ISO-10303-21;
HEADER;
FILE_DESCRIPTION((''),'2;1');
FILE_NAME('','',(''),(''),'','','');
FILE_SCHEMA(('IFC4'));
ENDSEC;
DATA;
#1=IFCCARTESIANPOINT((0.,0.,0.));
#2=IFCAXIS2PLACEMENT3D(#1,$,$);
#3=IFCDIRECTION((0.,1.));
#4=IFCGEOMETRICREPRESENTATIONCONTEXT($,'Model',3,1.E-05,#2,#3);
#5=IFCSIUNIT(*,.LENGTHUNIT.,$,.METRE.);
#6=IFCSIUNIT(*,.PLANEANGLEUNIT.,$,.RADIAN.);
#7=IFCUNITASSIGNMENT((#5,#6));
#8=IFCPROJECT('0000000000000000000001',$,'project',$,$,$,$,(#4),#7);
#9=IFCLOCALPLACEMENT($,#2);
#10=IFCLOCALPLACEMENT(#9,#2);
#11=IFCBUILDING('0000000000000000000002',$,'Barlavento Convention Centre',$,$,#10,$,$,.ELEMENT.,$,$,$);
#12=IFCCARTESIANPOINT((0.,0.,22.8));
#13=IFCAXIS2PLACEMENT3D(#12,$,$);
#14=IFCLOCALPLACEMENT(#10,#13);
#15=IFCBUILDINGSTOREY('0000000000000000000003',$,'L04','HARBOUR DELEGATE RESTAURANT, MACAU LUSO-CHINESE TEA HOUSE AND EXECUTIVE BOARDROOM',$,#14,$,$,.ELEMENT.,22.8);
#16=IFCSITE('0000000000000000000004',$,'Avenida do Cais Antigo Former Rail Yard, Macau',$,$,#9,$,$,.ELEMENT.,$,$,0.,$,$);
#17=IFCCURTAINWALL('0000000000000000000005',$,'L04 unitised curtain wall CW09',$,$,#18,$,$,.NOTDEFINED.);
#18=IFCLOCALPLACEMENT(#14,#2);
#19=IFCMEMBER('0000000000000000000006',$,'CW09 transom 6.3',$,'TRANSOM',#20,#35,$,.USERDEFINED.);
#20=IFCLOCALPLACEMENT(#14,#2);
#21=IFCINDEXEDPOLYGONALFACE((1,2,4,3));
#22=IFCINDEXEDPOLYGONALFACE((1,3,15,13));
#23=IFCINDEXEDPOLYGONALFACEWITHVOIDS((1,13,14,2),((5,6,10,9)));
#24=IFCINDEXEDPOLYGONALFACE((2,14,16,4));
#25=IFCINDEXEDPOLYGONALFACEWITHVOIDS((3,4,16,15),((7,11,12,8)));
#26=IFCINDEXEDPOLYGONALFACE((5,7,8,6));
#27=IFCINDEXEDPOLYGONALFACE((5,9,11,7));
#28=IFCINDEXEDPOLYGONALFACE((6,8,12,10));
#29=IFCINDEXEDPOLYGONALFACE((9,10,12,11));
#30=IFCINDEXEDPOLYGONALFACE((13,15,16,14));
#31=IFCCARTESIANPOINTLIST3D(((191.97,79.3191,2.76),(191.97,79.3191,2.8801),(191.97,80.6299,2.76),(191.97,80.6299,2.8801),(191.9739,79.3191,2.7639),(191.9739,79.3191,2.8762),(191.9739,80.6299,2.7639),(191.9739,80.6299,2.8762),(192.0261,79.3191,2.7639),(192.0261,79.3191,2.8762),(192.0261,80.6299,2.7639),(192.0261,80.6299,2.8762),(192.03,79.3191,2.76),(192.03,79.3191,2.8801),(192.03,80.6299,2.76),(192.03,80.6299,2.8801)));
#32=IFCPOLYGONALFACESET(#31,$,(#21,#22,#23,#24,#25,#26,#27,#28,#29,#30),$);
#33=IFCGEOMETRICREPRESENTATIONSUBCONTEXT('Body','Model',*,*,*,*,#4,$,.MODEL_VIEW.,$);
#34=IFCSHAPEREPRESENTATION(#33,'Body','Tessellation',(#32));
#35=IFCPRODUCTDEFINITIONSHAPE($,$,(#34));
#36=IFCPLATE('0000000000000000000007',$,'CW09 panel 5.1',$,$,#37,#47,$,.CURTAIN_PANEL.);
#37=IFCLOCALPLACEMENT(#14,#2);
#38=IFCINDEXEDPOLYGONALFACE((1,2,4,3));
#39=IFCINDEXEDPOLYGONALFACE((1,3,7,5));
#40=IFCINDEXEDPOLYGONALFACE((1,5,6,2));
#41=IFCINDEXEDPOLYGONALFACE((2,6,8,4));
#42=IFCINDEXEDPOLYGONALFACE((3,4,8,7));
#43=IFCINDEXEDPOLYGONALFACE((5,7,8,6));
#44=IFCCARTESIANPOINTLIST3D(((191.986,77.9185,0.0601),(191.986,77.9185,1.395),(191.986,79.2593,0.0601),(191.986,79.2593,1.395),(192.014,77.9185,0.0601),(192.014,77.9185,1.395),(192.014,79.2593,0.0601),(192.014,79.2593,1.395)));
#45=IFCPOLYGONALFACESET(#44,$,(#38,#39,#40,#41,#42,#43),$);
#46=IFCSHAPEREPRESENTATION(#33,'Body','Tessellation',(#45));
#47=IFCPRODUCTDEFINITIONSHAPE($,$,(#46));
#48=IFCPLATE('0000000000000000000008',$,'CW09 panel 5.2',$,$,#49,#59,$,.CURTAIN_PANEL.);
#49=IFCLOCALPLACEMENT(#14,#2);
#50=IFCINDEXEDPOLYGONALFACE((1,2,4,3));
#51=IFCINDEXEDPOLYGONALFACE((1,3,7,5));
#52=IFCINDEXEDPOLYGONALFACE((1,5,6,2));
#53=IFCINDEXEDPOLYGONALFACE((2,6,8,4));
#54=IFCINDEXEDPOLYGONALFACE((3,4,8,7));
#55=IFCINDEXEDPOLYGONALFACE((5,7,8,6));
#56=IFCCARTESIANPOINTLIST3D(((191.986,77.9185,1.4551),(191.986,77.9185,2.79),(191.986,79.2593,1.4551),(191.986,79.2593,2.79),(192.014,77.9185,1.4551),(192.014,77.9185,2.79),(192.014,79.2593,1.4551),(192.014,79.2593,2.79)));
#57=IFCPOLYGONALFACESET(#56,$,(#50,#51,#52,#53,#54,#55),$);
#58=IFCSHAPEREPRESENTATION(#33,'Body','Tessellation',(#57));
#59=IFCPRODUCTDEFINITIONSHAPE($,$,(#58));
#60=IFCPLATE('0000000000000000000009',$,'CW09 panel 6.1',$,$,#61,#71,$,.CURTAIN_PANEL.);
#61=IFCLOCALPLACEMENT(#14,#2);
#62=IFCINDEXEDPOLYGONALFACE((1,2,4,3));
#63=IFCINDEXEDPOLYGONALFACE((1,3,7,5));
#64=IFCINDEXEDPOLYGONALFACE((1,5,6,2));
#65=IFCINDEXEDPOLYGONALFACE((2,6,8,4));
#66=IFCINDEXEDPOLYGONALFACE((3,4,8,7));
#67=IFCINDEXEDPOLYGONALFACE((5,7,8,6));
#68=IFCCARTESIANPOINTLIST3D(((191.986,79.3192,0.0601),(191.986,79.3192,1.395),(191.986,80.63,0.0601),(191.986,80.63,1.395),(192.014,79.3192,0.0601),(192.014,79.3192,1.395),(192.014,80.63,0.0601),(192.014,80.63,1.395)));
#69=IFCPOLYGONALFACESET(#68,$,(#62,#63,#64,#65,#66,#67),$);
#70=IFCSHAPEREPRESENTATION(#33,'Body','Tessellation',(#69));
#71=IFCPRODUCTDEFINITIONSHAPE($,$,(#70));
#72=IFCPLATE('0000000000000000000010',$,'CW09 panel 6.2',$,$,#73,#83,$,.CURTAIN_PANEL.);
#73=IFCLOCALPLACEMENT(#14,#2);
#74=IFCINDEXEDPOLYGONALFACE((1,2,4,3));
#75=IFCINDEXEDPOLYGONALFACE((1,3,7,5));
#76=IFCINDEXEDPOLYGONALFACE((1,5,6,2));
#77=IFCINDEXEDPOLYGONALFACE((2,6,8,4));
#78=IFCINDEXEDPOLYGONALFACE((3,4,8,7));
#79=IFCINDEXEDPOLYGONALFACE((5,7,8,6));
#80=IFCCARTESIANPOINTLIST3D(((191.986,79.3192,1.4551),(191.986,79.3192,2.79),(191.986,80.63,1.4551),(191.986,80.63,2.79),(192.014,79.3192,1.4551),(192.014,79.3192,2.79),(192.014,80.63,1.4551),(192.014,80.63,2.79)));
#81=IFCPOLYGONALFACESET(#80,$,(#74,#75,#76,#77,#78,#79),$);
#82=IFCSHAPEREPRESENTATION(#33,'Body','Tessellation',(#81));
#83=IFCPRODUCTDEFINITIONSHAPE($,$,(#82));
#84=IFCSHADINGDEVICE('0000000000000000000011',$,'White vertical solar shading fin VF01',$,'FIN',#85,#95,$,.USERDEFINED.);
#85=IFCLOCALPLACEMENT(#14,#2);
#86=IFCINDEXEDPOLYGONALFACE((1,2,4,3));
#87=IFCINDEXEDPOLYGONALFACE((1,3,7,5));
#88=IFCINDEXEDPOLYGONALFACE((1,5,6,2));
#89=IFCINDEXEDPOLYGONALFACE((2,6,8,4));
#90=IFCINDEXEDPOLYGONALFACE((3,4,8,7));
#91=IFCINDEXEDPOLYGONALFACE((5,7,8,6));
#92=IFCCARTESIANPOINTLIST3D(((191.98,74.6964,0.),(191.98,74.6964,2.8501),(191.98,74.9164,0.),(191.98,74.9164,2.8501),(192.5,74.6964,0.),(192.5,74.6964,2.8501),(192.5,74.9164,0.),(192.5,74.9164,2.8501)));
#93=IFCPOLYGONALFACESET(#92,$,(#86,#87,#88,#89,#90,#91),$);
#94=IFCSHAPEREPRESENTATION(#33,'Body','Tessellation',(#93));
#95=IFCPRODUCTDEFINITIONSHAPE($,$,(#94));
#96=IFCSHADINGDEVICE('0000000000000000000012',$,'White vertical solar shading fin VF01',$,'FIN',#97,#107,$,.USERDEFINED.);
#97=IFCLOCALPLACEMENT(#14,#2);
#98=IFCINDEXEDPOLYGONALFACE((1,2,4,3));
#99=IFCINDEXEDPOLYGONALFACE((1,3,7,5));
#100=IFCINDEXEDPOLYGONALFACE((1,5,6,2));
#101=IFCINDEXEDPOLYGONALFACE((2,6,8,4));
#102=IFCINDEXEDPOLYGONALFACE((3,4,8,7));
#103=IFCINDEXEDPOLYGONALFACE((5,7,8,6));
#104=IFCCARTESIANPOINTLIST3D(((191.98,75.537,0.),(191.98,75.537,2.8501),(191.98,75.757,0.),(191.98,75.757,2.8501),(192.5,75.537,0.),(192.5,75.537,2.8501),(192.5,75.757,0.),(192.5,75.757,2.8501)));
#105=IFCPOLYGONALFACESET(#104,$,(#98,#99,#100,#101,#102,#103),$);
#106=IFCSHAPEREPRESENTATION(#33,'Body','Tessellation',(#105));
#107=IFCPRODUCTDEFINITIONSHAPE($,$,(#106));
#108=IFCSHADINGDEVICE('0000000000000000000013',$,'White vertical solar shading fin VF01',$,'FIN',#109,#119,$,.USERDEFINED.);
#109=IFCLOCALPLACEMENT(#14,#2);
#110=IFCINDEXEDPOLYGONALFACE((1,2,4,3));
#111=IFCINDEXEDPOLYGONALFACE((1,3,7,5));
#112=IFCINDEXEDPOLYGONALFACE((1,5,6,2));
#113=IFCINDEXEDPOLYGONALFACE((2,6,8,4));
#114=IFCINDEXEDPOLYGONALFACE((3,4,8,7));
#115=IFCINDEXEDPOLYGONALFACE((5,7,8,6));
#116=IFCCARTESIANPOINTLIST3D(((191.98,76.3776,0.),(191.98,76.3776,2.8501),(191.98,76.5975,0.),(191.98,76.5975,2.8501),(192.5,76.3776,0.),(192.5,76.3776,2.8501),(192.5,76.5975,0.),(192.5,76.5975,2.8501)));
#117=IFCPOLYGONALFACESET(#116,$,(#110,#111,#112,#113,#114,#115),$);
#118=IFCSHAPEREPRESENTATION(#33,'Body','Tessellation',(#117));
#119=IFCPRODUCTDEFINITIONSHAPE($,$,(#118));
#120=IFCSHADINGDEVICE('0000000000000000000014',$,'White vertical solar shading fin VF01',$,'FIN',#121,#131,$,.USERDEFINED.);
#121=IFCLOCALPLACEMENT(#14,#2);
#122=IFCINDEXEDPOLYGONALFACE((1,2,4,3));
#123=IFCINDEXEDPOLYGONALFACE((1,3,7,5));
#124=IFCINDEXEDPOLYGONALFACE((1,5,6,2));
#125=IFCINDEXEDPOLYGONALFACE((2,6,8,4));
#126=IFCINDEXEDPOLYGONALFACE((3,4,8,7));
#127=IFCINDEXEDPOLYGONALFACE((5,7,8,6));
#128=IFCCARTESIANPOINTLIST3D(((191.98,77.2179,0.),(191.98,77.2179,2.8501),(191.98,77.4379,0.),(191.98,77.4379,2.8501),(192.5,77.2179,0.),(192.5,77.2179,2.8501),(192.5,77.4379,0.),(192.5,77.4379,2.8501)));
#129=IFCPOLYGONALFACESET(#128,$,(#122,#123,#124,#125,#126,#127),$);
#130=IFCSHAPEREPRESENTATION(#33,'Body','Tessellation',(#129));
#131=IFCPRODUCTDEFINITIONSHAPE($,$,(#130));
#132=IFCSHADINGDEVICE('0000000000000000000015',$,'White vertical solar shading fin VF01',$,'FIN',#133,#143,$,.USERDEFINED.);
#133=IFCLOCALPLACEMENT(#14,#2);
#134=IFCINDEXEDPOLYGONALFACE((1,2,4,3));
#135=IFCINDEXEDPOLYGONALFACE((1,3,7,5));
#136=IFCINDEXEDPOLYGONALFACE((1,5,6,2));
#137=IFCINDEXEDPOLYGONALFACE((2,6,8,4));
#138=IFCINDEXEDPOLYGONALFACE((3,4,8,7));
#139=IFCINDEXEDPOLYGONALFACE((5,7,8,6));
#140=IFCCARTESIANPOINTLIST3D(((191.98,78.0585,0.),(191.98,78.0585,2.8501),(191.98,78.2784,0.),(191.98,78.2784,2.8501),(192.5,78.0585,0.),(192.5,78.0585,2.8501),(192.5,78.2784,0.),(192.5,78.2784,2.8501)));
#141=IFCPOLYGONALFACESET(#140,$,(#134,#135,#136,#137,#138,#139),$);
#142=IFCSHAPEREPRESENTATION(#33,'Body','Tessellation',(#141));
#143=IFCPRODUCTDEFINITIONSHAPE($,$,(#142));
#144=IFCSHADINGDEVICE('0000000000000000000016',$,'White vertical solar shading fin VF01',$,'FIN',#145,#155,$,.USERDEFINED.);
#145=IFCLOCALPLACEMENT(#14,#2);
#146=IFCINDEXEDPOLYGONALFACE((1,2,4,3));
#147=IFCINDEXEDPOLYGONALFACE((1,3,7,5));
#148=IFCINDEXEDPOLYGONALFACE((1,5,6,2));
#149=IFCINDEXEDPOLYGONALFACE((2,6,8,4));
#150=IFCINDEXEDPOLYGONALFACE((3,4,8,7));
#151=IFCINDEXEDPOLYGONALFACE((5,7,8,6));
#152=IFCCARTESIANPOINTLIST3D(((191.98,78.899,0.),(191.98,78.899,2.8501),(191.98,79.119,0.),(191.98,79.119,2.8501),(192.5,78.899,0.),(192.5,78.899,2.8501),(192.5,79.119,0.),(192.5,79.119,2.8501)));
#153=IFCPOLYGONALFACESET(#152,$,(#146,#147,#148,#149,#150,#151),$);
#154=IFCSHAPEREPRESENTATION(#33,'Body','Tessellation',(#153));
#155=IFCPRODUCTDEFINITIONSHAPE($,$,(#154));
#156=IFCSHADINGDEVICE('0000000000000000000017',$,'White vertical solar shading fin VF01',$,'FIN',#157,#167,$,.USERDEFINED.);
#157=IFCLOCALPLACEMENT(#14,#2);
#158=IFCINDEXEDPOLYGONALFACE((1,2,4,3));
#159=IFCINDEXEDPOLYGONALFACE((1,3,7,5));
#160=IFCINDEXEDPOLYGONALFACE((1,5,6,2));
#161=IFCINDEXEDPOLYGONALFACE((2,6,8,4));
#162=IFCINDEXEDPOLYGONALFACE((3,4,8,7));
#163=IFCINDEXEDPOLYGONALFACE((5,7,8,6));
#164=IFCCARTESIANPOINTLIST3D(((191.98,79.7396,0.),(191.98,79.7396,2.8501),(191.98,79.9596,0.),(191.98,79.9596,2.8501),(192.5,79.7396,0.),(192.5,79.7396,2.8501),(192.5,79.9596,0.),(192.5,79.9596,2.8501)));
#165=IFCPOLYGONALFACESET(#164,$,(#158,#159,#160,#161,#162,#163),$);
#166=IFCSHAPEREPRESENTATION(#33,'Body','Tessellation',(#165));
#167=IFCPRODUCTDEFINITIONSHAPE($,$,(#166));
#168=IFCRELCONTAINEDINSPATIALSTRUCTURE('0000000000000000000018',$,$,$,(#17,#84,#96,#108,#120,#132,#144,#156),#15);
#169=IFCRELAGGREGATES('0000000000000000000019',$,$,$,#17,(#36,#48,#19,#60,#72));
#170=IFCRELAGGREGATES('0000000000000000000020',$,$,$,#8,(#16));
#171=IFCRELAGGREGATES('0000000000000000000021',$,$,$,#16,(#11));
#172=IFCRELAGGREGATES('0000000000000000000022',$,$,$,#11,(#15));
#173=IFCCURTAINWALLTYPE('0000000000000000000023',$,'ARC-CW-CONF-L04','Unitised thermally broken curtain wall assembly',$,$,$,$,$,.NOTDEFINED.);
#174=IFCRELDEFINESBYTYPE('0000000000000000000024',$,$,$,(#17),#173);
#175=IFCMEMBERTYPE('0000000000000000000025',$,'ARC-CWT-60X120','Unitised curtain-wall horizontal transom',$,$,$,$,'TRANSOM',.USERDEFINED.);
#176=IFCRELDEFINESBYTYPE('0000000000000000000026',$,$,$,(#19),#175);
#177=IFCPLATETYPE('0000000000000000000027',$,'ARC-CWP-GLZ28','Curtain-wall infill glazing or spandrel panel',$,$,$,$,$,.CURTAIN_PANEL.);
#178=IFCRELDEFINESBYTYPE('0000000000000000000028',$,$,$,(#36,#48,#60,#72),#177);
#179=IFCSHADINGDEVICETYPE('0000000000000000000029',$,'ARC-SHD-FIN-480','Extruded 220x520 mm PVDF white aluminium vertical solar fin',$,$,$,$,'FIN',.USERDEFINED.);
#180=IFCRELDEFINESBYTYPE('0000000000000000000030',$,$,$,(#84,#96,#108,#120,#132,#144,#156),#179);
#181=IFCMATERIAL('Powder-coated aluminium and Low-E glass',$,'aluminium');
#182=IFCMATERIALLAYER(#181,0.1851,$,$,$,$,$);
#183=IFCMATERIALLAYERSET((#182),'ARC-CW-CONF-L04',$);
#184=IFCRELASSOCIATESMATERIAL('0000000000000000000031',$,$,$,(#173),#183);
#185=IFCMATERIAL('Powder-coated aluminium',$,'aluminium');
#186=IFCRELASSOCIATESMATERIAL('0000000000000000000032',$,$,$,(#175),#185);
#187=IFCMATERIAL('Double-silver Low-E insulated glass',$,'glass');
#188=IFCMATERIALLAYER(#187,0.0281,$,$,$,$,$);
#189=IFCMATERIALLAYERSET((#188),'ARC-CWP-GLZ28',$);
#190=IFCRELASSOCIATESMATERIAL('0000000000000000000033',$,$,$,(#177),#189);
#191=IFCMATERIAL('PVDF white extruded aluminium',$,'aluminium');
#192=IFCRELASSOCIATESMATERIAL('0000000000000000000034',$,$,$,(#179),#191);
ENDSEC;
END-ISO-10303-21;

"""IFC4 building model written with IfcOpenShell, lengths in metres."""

from ifc_helpers import new_model, si_unit, direction, frame, origin, origin_2d, place, context, subcontext, project, spatial, rectangle, hollow_rectangle, extrude, material, layer, layer_set, material_profile, profile_set, type_object, element, aggregate, save


model = new_model("IFC4")

# Units and contexts
model_context = context("Model", 3, precision=1e-05, world=origin(), true_north=direction((0.0, 1.0)))
body_context = subcontext(model_context, "Body", "Model", "MODEL_VIEW")
ifc_project = project(units=[si_unit("LENGTHUNIT", "METRE"), si_unit("PLANEANGLEUNIT", "RADIAN")], contexts=[model_context])

# Site, building, storey
site_placement = place(None, origin())
site = spatial("IfcSite", under=ifc_project, at=site_placement, Name="Avenida do Cais Antigo Former Rail Yard, Macau", CompositionType="ELEMENT", RefElevation=0.0)
building_placement = place(site_placement, origin())
building = spatial("IfcBuilding", under=site, at=building_placement, Name="Barlavento Convention Centre", CompositionType="ELEMENT")
storey_placement = place(building_placement, frame((0.0, 0.0, 22.8)))
storey = spatial("IfcBuildingStorey", under=building, at=storey_placement, Name="L04", Description="HARBOUR DELEGATE RESTAURANT, MACAU LUSO-CHINESE TEA HOUSE AND EXECUTIVE BOARDROOM", CompositionType="ELEMENT", Elevation=22.8)

# Curtain wall, member, plates
ifc_material_1 = material(Name="Powder-coated aluminium and Low-E glass", Category="aluminium")
ifc_layer_1 = layer(ifc_material_1, 0.1851)
ifc_layer_set_1 = layer_set([ifc_layer_1], Name="ARC-CW-CONF-L04")
curtain_wall_type = type_object("IfcCurtainWallType", Name="ARC-CW-CONF-L04", Description="Unitised thermally broken curtain wall assembly", PredefinedType="NOTDEFINED", material=ifc_layer_set_1)
curtain_wall_placement = place(storey_placement, origin())
curtain_wall = element("IfcCurtainWall", 1, at=curtain_wall_placement, inside=storey, type_object=curtain_wall_type, Name="L04 unitised curtain wall CW09", PredefinedType="NOTDEFINED")
ifc_material_2 = material(Name="Powder-coated aluminium", Category="aluminium")
ifc_material_profile_1 = material_profile(ifc_material_2, hollow_rectangle(XDim=0.0601, YDim=0.1201, WallThickness=0.0039, at=origin_2d()), Name="AL-TRAN 60x120x4")
ifc_profile_set_1 = profile_set([ifc_material_profile_1], Name="Powder-coated aluminium")
member_type_1 = type_object("IfcMemberType", Name="ARC-CWT-60X120", Description="Unitised curtain-wall horizontal transom", ElementType="TRANSOM", PredefinedType="USERDEFINED", material=ifc_profile_set_1)
member_1_placement = place(storey_placement, frame((192.0, 79.3191, 2.8201), z_axis=(0.0, 1.0, 0.0), x_axis=(-1.0, 0.0, 0.0)))
member_1 = element("IfcMember", 2, at=member_1_placement, type_object=member_type_1, Name="CW09 transom 6.3", ObjectType="TRANSOM", PredefinedType="USERDEFINED", context=body_context, shape_type="SweptSolid", body=[
    extrude(hollow_rectangle(XDim=0.0601, YDim=0.1201, WallThickness=0.0039, at=origin_2d()), origin(), (0.0, 0.0, 1.0), 1.3108),
])
ifc_material_3 = material(Name="Double-silver Low-E insulated glass", Category="glass")
ifc_layer_2 = layer(ifc_material_3, 0.0281)
ifc_layer_set_2 = layer_set([ifc_layer_2], Name="ARC-CWP-GLZ28")
plate_type = type_object("IfcPlateType", Name="ARC-CWP-GLZ28", Description="Curtain-wall infill glazing or spandrel panel", PredefinedType="CURTAIN_PANEL", material=ifc_layer_set_2)
plate_1_placement = place(storey_placement, frame((192.0, 78.5889, 0.0601), z_axis=(0.0, 0.0, 1.0), x_axis=(0.0, 1.0, 0.0)))
plate_1 = element("IfcPlate", 3, at=plate_1_placement, type_object=plate_type, Name="CW09 panel 5.1", PredefinedType="CURTAIN_PANEL", context=body_context, shape_type="SweptSolid", body=[
    extrude(rectangle(XDim=1.3408, YDim=0.0281, at=origin_2d()), origin(), (0.0, 0.0, 1.0), 1.335),
])
plate_2_placement = place(storey_placement, frame((192.0, 78.5889, 1.4551), z_axis=(0.0, 0.0, 1.0), x_axis=(0.0, 1.0, 0.0)))
plate_2 = element("IfcPlate", 4, at=plate_2_placement, type_object=plate_type, Name="CW09 panel 5.2", PredefinedType="CURTAIN_PANEL", context=body_context, shape_type="SweptSolid", body=[
    extrude(rectangle(XDim=1.3408, YDim=0.0281, at=origin_2d()), origin(), (0.0, 0.0, 1.0), 1.335),
])
plate_3_placement = place(storey_placement, frame((192.0, 79.9746, 0.0601), z_axis=(0.0, 0.0, 1.0), x_axis=(0.0, 1.0, 0.0)))
plate_3 = element("IfcPlate", 5, at=plate_3_placement, type_object=plate_type, Name="CW09 panel 6.1", PredefinedType="CURTAIN_PANEL", context=body_context, shape_type="SweptSolid", body=[
    extrude(rectangle(XDim=1.3108, YDim=0.0281, at=origin_2d()), origin(), (0.0, 0.0, 1.0), 1.335),
])
plate_4_placement = place(storey_placement, frame((192.0, 79.9746, 1.4551), z_axis=(0.0, 0.0, 1.0), x_axis=(0.0, 1.0, 0.0)))
plate_4 = element("IfcPlate", 6, at=plate_4_placement, type_object=plate_type, Name="CW09 panel 6.2", PredefinedType="CURTAIN_PANEL", context=body_context, shape_type="SweptSolid", body=[
    extrude(rectangle(XDim=1.3108, YDim=0.0281, at=origin_2d()), origin(), (0.0, 0.0, 1.0), 1.335),
])
aggregate(curtain_wall, [plate_1, plate_2, member_1, plate_3, plate_4])

# Shading devices
ifc_material_4 = material(Name="PVDF white extruded aluminium", Category="aluminium")
shading_device_type = type_object("IfcShadingDeviceType", Name="ARC-SHD-FIN-480", Description="Extruded 220x520 mm PVDF white aluminium vertical solar fin", ElementType="FIN", PredefinedType="USERDEFINED", material=ifc_material_4)
for number, where, z_axis, x_axis, name in (
    (7, (192.24, 74.8064, 0.0), (0.0, 0.0, 1.0), (0.0, 1.0, 0.0), "White vertical solar shading fin VF01"),
    (8, (192.24, 75.647, 0.0), (0.0, 0.0, 1.0), (0.0, 1.0, 0.0), "White vertical solar shading fin VF01"),
    (9, (192.24, 76.4875, 0.0), (0.0, 0.0, 1.0), (0.0, 1.0, 0.0), "White vertical solar shading fin VF01"),
    (10, (192.24, 77.3279, 0.0), (0.0, 0.0, 1.0), (0.0, 1.0, 0.0), "White vertical solar shading fin VF01"),
    (11, (192.24, 78.1685, 0.0), (0.0, 0.0, 1.0), (0.0, 1.0, 0.0), "White vertical solar shading fin VF01"),
    (12, (192.24, 79.009, 0.0), (0.0, 0.0, 1.0), (0.0, 1.0, 0.0), "White vertical solar shading fin VF01"),
    (13, (192.24, 79.8496, 0.0), (0.0, 0.0, 1.0), (0.0, 1.0, 0.0), "White vertical solar shading fin VF01"),
):
    element("IfcShadingDevice", number, at=place(storey_placement, frame(where, z_axis=z_axis, x_axis=x_axis)), inside=storey, type_object=shading_device_type, Name=name, ObjectType="FIN", PredefinedType="USERDEFINED", context=body_context, shape_type="SweptSolid", body=[
        extrude(rectangle(XDim=0.22, YDim=0.52, at=origin_2d()), origin(), (0.0, 0.0, 1.0), 2.8501),
    ])

save(model, "model.ifc")
